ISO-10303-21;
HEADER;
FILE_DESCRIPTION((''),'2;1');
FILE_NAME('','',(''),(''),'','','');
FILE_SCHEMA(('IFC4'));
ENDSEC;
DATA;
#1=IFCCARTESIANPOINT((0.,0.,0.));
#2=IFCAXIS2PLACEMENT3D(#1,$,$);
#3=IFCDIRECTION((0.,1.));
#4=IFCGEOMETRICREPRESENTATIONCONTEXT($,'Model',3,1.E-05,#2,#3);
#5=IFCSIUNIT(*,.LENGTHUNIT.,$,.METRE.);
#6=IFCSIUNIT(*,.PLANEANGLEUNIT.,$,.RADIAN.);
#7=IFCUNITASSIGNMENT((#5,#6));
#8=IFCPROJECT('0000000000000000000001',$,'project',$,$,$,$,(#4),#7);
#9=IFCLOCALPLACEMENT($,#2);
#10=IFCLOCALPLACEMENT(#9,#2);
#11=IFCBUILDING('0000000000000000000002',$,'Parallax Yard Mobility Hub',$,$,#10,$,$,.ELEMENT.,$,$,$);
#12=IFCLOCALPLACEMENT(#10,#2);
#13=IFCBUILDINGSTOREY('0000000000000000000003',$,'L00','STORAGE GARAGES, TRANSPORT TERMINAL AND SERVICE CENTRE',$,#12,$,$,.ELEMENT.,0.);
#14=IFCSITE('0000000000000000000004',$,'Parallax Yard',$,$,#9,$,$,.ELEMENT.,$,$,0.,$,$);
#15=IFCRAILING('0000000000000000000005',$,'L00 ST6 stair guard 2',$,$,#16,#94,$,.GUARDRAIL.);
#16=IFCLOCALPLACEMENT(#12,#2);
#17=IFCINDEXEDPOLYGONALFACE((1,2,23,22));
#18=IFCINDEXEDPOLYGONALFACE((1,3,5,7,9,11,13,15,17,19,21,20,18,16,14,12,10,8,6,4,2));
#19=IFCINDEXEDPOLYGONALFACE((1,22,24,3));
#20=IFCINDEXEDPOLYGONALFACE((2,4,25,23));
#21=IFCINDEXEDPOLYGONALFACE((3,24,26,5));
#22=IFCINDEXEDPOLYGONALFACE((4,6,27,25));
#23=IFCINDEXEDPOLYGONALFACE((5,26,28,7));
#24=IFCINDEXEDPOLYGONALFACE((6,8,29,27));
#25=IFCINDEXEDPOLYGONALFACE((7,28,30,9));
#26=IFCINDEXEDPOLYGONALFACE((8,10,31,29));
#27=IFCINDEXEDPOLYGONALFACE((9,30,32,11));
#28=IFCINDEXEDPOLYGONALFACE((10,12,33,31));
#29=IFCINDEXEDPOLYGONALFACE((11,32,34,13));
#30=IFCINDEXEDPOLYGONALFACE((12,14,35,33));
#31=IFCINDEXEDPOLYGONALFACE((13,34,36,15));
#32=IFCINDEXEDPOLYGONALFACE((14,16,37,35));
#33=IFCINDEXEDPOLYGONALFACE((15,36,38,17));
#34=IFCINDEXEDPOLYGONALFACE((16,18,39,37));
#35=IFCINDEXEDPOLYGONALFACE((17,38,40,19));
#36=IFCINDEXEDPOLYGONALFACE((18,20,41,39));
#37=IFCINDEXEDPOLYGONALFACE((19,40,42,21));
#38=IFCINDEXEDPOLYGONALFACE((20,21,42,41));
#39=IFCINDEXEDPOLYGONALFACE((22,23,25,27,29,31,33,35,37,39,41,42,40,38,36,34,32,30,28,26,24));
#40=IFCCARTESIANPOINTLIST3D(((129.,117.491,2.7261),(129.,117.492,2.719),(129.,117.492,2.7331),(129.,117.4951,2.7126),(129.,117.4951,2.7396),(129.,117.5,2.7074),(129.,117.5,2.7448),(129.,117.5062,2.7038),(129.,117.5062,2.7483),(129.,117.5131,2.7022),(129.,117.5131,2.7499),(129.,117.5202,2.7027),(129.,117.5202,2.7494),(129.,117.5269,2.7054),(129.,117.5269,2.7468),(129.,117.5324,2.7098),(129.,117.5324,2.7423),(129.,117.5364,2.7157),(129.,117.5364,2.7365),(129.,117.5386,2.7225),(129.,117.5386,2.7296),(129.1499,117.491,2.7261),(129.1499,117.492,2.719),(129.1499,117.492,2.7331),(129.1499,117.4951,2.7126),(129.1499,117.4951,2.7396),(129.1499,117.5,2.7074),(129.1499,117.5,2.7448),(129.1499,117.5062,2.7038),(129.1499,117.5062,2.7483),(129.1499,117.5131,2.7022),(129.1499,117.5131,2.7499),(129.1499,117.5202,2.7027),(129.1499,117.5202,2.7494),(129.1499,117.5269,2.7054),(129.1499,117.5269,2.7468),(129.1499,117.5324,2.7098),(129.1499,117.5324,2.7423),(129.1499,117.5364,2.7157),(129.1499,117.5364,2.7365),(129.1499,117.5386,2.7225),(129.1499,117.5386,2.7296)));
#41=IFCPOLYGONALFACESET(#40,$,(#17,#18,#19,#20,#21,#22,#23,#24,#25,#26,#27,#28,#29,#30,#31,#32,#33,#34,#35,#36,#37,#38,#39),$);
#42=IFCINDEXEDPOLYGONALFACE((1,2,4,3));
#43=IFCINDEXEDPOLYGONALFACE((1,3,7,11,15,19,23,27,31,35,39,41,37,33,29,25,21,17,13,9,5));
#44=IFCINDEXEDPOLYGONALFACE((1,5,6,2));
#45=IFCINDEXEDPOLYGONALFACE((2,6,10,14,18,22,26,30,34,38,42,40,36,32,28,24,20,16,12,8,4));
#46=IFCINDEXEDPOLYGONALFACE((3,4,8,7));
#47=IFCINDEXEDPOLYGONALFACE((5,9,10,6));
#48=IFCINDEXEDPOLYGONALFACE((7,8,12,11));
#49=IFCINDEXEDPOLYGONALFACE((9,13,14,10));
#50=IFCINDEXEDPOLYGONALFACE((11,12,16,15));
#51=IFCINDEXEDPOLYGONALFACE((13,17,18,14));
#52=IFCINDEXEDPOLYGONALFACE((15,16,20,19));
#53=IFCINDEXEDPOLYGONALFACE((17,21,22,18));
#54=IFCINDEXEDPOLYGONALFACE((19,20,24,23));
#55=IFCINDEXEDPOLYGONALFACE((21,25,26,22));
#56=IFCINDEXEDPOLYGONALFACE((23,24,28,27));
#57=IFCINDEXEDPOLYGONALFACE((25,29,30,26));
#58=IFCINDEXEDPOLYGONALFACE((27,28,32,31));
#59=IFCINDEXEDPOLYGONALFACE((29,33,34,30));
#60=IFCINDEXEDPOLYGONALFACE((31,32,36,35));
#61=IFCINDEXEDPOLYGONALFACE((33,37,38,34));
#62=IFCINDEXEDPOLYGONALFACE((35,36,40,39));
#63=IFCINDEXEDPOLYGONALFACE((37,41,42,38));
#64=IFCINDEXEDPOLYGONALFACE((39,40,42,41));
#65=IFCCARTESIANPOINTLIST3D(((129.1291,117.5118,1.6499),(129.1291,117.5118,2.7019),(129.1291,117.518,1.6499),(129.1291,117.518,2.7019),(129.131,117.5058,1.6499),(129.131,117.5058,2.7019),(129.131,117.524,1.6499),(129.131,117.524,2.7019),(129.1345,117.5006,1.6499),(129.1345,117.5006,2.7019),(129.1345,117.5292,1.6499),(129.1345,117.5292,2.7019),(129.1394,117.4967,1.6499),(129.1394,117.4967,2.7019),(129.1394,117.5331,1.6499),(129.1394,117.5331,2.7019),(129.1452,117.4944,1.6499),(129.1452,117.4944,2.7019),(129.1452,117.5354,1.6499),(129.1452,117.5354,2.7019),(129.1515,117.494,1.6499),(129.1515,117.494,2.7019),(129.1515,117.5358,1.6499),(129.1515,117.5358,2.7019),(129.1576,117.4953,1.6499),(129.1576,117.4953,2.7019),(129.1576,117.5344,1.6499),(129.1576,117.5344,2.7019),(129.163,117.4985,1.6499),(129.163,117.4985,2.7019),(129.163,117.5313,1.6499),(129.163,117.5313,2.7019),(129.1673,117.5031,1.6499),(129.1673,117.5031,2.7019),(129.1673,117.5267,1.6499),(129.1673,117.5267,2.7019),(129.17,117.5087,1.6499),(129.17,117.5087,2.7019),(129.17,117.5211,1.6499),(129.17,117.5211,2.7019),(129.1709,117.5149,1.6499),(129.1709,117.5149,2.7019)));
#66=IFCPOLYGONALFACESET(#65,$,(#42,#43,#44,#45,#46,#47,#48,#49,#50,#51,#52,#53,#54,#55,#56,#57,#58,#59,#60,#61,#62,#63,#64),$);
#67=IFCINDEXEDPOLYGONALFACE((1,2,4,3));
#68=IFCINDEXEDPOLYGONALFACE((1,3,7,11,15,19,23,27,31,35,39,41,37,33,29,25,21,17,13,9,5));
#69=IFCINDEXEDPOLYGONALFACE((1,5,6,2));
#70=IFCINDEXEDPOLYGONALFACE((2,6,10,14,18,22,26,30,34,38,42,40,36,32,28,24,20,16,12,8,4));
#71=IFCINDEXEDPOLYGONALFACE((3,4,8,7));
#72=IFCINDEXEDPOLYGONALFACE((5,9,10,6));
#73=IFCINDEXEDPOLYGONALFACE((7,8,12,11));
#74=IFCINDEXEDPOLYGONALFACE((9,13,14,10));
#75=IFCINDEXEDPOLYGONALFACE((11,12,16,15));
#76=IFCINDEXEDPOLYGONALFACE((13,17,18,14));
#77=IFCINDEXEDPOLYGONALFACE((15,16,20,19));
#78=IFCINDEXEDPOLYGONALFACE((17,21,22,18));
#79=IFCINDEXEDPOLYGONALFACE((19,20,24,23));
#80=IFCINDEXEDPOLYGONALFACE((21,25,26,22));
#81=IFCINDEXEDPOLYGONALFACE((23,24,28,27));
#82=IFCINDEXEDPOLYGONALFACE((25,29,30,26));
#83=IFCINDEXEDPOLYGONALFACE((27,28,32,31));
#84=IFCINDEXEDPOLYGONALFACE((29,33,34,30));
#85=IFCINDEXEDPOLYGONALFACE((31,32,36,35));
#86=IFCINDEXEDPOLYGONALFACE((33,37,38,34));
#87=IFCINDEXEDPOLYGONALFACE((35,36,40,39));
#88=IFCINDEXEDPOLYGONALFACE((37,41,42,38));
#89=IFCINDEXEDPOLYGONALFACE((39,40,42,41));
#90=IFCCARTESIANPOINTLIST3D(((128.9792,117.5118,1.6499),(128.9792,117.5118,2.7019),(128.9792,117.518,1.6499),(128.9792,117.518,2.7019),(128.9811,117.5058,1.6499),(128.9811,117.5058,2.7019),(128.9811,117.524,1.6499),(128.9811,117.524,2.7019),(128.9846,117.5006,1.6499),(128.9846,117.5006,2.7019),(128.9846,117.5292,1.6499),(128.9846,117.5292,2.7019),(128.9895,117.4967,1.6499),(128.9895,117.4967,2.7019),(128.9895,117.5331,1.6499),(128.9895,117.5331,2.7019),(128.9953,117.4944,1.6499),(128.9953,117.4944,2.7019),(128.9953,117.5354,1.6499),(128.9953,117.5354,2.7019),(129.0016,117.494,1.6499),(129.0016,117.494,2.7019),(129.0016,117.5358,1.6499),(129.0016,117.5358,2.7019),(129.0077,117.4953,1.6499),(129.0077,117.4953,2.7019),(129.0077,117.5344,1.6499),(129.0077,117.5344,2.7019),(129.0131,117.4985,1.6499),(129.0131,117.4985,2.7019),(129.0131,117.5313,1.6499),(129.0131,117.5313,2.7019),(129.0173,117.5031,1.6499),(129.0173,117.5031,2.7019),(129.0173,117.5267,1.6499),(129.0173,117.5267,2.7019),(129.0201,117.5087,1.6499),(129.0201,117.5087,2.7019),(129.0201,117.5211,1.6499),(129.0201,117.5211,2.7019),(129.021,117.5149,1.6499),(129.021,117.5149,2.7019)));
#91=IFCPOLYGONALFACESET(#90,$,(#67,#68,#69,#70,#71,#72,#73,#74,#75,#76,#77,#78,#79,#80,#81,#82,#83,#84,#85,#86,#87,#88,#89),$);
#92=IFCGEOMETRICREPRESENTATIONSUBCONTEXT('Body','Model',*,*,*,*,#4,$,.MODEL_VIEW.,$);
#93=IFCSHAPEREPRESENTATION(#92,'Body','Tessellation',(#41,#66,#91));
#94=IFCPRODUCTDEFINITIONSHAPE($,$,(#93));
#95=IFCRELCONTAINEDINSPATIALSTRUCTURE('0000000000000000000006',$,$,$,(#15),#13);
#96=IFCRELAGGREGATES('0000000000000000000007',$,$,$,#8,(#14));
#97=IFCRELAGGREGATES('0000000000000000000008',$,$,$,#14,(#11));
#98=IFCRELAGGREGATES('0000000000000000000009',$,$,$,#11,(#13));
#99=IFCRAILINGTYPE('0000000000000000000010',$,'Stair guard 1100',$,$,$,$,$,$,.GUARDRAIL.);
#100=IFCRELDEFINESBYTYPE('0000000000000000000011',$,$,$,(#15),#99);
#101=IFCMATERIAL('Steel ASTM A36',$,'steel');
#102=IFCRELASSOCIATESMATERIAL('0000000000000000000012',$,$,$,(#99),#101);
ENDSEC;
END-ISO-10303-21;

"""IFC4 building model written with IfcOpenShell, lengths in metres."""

from ifc_helpers import new_model, si_unit, direction, frame, origin, origin_2d, place, context, subcontext, project, spatial, circle, extrude, material, type_object, element, save


model = new_model("IFC4")

# Units and contexts
model_context = context("Model", 3, precision=1e-05, world=origin(), true_north=direction((0.0, 1.0)))
body_context = subcontext(model_context, "Body", "Model", "MODEL_VIEW")
ifc_project = project(units=[si_unit("LENGTHUNIT", "METRE"), si_unit("PLANEANGLEUNIT", "RADIAN")], contexts=[model_context])

# Site, building, storey
site_placement = place(None, origin())
site = spatial("IfcSite", under=ifc_project, at=site_placement, Name="Parallax Yard", CompositionType="ELEMENT", RefElevation=0.0)
building_placement = place(site_placement, origin())
building = spatial("IfcBuilding", under=site, at=building_placement, Name="Parallax Yard Mobility Hub", CompositionType="ELEMENT")
storey_placement = place(building_placement, origin())
storey = spatial("IfcBuildingStorey", under=building, at=storey_placement, Name="L00", Description="STORAGE GARAGES, TRANSPORT TERMINAL AND SERVICE CENTRE", CompositionType="ELEMENT", Elevation=0.0)

# Railing
ifc_material_1 = material(Name="Steel ASTM A36", Category="steel")
railing_type_1 = type_object("IfcRailingType", Name="Stair guard 1100", PredefinedType="GUARDRAIL", material=ifc_material_1)
railing_1_placement = place(storey_placement, frame((129.1499, 117.5149, 1.6499)))
element("IfcRailing", 1, at=railing_1_placement, inside=storey, type_object=railing_type_1, Name="L00 ST6 stair guard 2", PredefinedType="GUARDRAIL", context=body_context, shape_type="SweptSolid", body=[
    extrude(circle(Radius=0.0239, at=origin_2d()), frame((0.0, 0.0, 1.0762), z_axis=(-1.0, 0.0, 0.0), x_axis=(0.0, -1.0, 0.0)), (0.0, 0.0, 1.0), 0.1499),
    extrude(circle(Radius=0.021, at=origin_2d()), origin(), (0.0, 0.0, 1.0), 1.052),
    extrude(circle(Radius=0.021, at=origin_2d()), frame((-0.1499, 0.0, 0.0)), (0.0, 0.0, 1.0), 1.052),
])

save(model, "model.ifc")
